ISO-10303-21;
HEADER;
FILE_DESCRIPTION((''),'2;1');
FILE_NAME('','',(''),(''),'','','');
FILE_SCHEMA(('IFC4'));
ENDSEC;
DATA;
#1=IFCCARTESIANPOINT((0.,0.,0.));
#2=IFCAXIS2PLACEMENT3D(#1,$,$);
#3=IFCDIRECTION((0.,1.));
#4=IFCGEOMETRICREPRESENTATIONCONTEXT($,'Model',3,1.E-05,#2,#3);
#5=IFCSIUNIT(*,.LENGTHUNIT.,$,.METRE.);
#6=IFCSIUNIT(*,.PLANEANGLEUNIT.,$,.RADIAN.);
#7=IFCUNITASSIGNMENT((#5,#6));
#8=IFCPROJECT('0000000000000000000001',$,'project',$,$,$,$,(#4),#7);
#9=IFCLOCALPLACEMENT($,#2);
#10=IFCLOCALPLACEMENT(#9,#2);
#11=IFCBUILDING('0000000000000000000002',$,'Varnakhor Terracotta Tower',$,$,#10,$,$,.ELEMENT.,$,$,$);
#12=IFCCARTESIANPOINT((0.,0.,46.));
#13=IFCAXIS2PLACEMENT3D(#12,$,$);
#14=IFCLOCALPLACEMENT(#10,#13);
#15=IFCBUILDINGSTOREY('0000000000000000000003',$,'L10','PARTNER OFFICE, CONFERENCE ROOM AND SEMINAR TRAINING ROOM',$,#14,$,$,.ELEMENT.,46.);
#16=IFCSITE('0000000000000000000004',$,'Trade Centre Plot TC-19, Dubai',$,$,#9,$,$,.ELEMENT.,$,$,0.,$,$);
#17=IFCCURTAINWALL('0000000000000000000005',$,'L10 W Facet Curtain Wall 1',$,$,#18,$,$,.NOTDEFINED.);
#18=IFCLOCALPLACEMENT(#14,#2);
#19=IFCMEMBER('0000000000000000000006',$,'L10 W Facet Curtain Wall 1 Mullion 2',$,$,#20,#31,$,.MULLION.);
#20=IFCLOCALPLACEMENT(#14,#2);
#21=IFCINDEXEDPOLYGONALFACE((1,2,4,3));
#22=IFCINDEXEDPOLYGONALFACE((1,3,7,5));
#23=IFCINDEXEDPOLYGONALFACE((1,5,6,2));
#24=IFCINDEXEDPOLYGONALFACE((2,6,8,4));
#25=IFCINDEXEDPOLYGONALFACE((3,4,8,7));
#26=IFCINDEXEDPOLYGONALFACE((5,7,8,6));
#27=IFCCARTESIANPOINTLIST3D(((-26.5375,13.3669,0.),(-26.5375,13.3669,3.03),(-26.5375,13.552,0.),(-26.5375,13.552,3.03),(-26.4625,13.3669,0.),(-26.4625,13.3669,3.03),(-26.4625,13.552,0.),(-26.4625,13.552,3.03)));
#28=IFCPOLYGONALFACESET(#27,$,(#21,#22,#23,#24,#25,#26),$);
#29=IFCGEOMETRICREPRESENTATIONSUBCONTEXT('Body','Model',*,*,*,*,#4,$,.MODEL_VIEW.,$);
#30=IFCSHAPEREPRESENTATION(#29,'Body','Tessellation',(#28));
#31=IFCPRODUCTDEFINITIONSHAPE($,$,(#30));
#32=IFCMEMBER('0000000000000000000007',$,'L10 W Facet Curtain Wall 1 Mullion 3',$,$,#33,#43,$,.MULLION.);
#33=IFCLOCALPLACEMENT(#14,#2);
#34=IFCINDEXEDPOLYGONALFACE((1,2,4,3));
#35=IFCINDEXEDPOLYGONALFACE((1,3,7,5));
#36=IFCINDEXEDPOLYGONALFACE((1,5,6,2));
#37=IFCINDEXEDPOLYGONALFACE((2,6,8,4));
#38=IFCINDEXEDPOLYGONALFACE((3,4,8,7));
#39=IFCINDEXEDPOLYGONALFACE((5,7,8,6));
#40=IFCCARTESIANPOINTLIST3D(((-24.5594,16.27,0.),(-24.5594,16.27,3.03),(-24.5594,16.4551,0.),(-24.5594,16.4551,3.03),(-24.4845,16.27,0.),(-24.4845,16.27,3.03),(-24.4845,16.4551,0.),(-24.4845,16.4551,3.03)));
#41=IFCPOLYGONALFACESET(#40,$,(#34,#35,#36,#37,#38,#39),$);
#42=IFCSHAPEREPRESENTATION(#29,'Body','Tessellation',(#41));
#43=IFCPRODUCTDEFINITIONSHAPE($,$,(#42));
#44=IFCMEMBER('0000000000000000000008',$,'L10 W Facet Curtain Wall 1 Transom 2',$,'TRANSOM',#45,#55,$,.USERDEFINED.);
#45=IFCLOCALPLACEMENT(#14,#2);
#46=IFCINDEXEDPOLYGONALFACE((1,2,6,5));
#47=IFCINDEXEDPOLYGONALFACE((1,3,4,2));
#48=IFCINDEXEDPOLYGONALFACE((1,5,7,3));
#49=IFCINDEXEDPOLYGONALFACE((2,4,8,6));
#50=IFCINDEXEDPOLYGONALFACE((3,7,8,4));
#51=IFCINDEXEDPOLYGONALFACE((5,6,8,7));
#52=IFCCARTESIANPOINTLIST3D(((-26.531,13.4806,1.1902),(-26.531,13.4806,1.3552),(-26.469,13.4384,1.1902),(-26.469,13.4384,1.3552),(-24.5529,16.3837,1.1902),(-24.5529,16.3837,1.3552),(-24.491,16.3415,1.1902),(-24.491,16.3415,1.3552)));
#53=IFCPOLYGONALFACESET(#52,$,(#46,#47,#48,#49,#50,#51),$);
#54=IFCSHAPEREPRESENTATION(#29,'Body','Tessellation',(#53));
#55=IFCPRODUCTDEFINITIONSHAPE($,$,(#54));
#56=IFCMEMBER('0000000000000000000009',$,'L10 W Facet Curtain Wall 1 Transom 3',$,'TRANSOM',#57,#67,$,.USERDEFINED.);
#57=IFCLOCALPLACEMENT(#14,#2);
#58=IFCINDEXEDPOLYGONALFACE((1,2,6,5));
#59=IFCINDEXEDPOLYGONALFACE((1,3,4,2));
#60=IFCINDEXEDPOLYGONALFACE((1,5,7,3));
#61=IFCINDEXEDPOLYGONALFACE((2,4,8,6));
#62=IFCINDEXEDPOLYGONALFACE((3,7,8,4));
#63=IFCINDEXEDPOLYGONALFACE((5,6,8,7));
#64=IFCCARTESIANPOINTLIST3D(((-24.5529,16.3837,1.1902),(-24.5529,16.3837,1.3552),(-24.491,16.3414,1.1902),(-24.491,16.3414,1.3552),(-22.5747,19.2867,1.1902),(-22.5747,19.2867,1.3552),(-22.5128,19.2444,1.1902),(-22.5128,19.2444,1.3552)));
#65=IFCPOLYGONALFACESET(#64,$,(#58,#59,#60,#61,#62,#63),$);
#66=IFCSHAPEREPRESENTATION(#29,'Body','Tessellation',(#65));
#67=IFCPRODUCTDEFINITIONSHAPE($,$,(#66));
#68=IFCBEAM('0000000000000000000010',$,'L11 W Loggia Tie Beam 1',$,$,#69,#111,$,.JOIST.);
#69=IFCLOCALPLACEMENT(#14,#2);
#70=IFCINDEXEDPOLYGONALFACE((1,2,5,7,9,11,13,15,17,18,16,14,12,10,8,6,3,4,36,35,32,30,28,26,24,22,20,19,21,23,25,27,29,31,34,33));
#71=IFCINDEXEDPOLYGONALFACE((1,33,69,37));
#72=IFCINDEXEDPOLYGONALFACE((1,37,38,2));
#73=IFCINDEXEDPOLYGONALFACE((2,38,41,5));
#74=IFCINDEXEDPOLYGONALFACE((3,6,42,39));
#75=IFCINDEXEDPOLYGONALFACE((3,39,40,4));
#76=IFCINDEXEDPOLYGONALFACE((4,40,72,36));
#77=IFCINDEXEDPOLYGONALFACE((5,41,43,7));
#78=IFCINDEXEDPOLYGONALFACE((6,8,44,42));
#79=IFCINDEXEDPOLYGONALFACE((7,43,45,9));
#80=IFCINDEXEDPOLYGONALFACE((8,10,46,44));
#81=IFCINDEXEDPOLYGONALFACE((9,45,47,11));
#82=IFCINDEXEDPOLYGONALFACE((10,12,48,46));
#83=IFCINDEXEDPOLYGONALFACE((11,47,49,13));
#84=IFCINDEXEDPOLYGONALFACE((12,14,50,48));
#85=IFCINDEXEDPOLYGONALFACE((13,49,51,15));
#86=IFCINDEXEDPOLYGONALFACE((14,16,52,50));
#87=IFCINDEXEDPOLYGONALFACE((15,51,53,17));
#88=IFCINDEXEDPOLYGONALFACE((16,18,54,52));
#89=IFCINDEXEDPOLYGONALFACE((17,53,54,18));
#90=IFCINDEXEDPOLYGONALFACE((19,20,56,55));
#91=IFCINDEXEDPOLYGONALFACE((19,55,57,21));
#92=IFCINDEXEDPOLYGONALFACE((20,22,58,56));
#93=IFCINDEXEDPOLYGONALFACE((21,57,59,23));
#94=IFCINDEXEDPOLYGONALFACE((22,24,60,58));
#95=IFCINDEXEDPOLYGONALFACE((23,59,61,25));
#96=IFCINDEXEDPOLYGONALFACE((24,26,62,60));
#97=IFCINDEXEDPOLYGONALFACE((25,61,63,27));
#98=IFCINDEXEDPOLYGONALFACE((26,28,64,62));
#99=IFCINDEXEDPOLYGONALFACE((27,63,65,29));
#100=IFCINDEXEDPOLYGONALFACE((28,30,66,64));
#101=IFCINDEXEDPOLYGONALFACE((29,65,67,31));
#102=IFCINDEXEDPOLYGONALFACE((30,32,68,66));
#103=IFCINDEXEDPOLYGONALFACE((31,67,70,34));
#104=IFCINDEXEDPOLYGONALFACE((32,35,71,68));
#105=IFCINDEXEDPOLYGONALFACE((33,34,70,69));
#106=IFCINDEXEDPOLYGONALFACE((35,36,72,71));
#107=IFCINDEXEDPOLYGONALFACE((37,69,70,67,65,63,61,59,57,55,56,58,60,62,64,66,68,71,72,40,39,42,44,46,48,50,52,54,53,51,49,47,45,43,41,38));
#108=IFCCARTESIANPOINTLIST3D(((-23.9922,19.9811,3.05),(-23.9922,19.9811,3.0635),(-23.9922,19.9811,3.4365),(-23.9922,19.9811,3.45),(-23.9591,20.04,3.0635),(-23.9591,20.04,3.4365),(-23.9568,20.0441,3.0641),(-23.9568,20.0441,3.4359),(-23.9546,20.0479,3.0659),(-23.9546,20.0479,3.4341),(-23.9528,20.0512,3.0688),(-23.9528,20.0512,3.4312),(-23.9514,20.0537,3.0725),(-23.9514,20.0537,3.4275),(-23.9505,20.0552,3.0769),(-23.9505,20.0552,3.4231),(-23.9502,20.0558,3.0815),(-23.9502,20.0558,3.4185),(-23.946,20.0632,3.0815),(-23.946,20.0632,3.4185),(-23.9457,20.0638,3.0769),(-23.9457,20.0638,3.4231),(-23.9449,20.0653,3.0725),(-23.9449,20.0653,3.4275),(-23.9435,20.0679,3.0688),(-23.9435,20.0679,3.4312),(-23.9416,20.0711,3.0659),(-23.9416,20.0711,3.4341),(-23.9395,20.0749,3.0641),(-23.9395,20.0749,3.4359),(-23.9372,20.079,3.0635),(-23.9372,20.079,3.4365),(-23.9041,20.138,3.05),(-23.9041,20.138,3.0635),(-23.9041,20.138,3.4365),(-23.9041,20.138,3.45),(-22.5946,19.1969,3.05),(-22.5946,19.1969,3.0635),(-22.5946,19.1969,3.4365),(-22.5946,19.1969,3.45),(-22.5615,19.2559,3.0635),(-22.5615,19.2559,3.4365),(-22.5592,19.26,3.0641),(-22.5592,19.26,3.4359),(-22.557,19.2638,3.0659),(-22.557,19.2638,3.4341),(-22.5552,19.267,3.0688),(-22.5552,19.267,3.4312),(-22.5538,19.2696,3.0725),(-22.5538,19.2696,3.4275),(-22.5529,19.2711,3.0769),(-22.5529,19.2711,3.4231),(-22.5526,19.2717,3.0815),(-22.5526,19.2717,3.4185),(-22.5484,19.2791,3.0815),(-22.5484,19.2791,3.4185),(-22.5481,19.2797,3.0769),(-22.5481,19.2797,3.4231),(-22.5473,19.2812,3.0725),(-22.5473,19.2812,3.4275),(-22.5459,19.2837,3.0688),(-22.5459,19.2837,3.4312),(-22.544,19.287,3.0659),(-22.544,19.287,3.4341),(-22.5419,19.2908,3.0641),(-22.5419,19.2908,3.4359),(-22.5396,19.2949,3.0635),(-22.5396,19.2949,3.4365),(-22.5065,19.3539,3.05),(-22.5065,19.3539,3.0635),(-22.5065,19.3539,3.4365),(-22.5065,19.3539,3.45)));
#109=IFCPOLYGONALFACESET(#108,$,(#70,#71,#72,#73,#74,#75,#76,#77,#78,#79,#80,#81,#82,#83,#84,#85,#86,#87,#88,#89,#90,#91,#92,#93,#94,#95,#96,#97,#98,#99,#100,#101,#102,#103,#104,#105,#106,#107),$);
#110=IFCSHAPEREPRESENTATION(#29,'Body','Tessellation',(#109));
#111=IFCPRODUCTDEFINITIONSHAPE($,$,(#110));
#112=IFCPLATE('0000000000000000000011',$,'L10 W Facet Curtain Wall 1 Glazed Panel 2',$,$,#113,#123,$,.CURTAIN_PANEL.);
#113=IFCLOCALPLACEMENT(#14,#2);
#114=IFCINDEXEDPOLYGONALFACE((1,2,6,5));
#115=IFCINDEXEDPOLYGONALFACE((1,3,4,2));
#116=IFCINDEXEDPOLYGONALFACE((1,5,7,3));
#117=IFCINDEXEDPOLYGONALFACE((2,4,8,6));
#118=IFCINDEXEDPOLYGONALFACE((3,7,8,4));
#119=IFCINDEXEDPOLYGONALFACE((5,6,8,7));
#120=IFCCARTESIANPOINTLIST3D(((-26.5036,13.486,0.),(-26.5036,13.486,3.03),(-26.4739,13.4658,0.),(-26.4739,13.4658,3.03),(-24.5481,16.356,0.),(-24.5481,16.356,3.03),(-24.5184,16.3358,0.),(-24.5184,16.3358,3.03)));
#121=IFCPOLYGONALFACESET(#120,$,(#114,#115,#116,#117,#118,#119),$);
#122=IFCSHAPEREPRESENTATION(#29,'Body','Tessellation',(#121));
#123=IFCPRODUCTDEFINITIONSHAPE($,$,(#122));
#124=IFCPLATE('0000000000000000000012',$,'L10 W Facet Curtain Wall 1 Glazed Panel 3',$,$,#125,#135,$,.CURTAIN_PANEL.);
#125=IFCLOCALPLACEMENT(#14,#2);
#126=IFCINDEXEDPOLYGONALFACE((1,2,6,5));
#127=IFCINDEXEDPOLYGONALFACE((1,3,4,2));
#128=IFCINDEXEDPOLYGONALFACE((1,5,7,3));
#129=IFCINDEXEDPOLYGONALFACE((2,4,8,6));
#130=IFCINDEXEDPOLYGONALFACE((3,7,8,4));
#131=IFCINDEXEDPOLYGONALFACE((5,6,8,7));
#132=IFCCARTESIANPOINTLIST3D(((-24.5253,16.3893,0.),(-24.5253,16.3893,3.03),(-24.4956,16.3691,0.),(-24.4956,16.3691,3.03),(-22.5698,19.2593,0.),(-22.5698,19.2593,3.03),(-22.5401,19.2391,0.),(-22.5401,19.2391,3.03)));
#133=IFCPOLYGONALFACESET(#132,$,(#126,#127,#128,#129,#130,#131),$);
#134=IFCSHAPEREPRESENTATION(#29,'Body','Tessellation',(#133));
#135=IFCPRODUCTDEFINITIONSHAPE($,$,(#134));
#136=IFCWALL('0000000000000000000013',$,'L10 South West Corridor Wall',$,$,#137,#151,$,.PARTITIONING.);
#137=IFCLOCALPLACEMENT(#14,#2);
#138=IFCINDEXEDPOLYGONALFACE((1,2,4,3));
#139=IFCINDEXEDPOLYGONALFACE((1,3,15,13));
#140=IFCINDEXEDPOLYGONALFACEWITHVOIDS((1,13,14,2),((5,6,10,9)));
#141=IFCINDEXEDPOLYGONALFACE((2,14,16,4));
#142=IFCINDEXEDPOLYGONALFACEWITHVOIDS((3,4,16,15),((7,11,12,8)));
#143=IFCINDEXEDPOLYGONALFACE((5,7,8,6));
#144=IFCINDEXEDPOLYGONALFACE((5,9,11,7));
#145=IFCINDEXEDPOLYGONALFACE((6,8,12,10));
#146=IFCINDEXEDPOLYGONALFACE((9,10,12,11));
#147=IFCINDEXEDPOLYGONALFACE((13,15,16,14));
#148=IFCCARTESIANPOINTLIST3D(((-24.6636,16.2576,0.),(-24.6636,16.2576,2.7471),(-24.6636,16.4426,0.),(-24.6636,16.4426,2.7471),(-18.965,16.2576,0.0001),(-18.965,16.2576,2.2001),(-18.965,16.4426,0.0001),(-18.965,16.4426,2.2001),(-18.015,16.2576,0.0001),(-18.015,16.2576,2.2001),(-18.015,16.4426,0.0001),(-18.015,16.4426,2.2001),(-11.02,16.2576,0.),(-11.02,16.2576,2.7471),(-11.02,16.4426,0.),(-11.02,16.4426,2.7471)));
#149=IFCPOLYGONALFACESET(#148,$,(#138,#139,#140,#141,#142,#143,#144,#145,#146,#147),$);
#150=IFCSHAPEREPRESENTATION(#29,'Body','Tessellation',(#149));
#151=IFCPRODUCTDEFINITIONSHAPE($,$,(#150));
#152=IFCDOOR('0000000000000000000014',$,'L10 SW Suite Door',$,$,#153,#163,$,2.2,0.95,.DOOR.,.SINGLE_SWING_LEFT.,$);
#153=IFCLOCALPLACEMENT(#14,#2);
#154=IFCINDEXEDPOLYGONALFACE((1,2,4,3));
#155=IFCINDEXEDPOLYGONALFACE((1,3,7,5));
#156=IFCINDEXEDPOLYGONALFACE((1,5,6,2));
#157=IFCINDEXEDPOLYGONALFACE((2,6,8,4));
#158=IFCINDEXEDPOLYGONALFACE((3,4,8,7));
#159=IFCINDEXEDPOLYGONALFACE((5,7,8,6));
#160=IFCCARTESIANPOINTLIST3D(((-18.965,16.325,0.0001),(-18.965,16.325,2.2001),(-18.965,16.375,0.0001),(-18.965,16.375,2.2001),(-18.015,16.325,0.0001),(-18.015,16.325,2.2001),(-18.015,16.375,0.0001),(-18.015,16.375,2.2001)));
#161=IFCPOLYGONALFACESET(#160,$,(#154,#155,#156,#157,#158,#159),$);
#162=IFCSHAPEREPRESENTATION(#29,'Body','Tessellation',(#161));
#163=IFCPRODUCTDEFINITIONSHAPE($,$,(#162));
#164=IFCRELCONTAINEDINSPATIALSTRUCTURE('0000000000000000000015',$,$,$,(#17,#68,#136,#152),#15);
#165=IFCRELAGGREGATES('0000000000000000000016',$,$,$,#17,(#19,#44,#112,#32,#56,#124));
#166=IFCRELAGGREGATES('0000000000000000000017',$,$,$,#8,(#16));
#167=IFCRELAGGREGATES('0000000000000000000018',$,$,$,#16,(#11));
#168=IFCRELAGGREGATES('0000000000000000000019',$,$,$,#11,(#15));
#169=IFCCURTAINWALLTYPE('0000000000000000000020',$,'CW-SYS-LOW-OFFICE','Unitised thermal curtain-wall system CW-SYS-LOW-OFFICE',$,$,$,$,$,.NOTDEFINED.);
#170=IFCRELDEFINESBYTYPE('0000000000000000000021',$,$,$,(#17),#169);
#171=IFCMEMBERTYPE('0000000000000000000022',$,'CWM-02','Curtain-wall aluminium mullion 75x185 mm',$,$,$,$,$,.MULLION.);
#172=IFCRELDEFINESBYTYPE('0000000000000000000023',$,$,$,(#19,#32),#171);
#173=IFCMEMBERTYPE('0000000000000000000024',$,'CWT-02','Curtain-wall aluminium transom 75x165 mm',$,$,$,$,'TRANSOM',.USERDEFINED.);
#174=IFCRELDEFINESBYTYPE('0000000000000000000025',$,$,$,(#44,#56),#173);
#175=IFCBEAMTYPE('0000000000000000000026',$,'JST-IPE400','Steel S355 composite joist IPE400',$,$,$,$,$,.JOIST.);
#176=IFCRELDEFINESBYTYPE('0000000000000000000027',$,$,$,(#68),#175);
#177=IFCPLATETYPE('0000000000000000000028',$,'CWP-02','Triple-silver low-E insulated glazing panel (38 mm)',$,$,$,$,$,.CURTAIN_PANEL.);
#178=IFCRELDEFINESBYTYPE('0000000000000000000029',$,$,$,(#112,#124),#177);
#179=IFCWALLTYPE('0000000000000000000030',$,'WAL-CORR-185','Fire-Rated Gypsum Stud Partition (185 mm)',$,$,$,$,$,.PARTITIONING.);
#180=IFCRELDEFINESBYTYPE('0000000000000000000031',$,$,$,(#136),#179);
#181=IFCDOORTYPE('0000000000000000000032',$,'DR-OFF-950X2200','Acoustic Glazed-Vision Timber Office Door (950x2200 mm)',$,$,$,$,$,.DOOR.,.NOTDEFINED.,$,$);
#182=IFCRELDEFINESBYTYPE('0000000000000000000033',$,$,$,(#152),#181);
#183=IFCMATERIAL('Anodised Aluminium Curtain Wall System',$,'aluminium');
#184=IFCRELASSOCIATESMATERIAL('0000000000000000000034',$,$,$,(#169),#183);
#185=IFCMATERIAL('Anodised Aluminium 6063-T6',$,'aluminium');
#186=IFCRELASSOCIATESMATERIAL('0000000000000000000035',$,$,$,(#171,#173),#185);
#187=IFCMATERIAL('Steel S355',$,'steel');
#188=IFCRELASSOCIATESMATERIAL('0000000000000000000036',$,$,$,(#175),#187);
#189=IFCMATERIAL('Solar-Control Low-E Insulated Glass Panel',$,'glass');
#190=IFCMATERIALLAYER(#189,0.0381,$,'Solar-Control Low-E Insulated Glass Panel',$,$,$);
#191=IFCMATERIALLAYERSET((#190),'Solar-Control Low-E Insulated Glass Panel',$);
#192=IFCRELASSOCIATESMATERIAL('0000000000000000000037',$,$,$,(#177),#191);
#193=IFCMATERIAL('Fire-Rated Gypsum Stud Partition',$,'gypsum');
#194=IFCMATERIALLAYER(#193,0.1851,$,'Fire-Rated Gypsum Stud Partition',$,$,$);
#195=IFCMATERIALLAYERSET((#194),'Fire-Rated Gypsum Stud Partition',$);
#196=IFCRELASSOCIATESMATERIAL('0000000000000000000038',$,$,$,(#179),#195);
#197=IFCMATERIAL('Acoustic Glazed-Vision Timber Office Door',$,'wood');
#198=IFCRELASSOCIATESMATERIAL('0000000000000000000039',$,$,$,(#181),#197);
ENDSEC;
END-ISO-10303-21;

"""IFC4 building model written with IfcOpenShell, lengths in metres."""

from ifc_helpers import new_model, si_unit, direction, frame, frame_2d, origin, origin_2d, place, context, subcontext, project, spatial, rectangle, i_section, extrude, source, transform, mapped, material, layer, layer_set, material_profile, profile_set, type_object, type_shapes, element, fill, aggregate, save


model = new_model("IFC4")

# Units and contexts
model_context = context("Model", 3, precision=1e-05, world=origin(), true_north=direction((0.0, 1.0)))
body_context = subcontext(model_context, "Body", "Model", "MODEL_VIEW")
ifc_project = project(units=[si_unit("LENGTHUNIT", "METRE"), si_unit("PLANEANGLEUNIT", "RADIAN")], contexts=[model_context])

# Site, building, storey
site_placement = place(None, origin())
site = spatial("IfcSite", under=ifc_project, at=site_placement, Name="Trade Centre Plot TC-19, Dubai", CompositionType="ELEMENT", RefElevation=0.0)
building_placement = place(site_placement, origin())
building = spatial("IfcBuilding", under=site, at=building_placement, Name="Varnakhor Terracotta Tower", CompositionType="ELEMENT")
storey_placement = place(building_placement, frame((0.0, 0.0, 46.0)))
storey = spatial("IfcBuildingStorey", under=building, at=storey_placement, Name="L10", Description="PARTNER OFFICE, CONFERENCE ROOM AND SEMINAR TRAINING ROOM", CompositionType="ELEMENT", Elevation=46.0)

# Shared definitions
ifc_material_1 = material(Name="Steel S355", Category="steel")

# Curtain wall, members
ifc_material_2 = material(Name="Anodised Aluminium Curtain Wall System", Category="aluminium")
curtain_wall_type = type_object("IfcCurtainWallType", Name="CW-SYS-LOW-OFFICE", Description="Unitised thermal curtain-wall system CW-SYS-LOW-OFFICE", PredefinedType="NOTDEFINED", material=ifc_material_2)
curtain_wall_placement = place(storey_placement, origin())
curtain_wall = element("IfcCurtainWall", 1, at=curtain_wall_placement, inside=storey, type_object=curtain_wall_type, Name="L10 W Facet Curtain Wall 1", PredefinedType="NOTDEFINED")
ifc_material_3 = material(Name="Anodised Aluminium 6063-T6", Category="aluminium")
ifc_material_profile_1 = material_profile(ifc_material_3, rectangle(XDim=0.075, YDim=0.1851, at=origin_2d()), Name="ALU MULLION 75x185")
ifc_profile_set_1 = profile_set([ifc_material_profile_1], Name="Anodised Aluminium 6063-T6")
member_type_1 = type_object("IfcMemberType", Name="CWM-02", Description="Curtain-wall aluminium mullion 75x185 mm", PredefinedType="MULLION", material=ifc_profile_set_1)
shared_shape_1 = source(origin(), body_context, "Body", "SweptSolid", [
    extrude(rectangle(XDim=0.075, YDim=0.1851, at=origin_2d()), origin(), (0.0, 0.0, 1.0), 3.03),
])
type_shapes(member_type_1, [shared_shape_1])
member_1_placement = place(storey_placement, frame((-26.5, 13.4595, 0.0), z_axis=(0.0, 0.0, 1.0), x_axis=(1.0, 0.0, 0.0)))
member_1 = element("IfcMember", 2, at=member_1_placement, type_object=member_type_1, Name="L10 W Facet Curtain Wall 1 Mullion 2", PredefinedType="MULLION", context=body_context, shape_type="MappedRepresentation", body=[
    mapped(shared_shape_1, transform((0.0, 0.0, 0.0), scale=1.0)),
])
member_2_placement = place(storey_placement, frame((-24.522, 16.3625, 0.0), z_axis=(0.0, 0.0, 1.0), x_axis=(1.0, 0.0, 0.0)))
member_2 = element("IfcMember", 3, at=member_2_placement, type_object=member_type_1, Name="L10 W Facet Curtain Wall 1 Mullion 3", PredefinedType="MULLION", context=body_context, shape_type="MappedRepresentation", body=[
    mapped(shared_shape_1, transform((0.0, 0.0, 0.0), scale=1.0)),
])
ifc_material_profile_2 = material_profile(ifc_material_3, rectangle(XDim=0.075, YDim=0.165, at=origin_2d()), Name="ALU TRANSOM 75x165")
ifc_profile_set_2 = profile_set([ifc_material_profile_2], Name="Anodised Aluminium 6063-T6")
member_type_2 = type_object("IfcMemberType", Name="CWT-02", Description="Curtain-wall aluminium transom 75x165 mm", ElementType="TRANSOM", PredefinedType="USERDEFINED", material=ifc_profile_set_2)
shared_shape_2 = source(origin(), body_context, "Body", "SweptSolid", [
    extrude(rectangle(XDim=0.075, YDim=0.165, at=origin_2d()), origin(), (0.0, 0.0, 1.0), 3.5129),
])
member_3_placement = place(storey_placement, frame((-26.5, 13.4595, 1.2727), z_axis=(0.563076, 0.826405, 0.0), x_axis=(-0.826405, 0.563076, 0.0)))
member_3 = element("IfcMember", 4, at=member_3_placement, type_object=member_type_2, Name="L10 W Facet Curtain Wall 1 Transom 2", ObjectType="TRANSOM", PredefinedType="USERDEFINED", context=body_context, shape_type="MappedRepresentation", body=[
    mapped(shared_shape_2, transform((0.0, 0.0, 0.0), scale=1.0)),
])
member_4_placement = place(storey_placement, frame((-24.522, 16.3625, 1.2727), z_axis=(0.563123, 0.826373, 0.0), x_axis=(-0.826373, 0.563123, 0.0)))
member_4 = element("IfcMember", 5, at=member_4_placement, type_object=member_type_2, Name="L10 W Facet Curtain Wall 1 Transom 3", ObjectType="TRANSOM", PredefinedType="USERDEFINED", context=body_context, shape_type="MappedRepresentation", body=[
    mapped(shared_shape_2, transform((0.0, 0.0, 0.0), scale=1.0)),
])

# Beam
ifc_material_profile_3 = material_profile(ifc_material_1, i_section(OverallWidth=0.1799, OverallDepth=0.3999, WebThickness=0.0085, FlangeThickness=0.0134, FilletRadius=0.0181, at=origin_2d()), Name="IPE400")
ifc_profile_set_3 = profile_set([ifc_material_profile_3], Name="Steel S355")
beam_type_1 = type_object("IfcBeamType", Name="JST-IPE400", Description="Steel S355 composite joist IPE400", PredefinedType="JOIST", material=ifc_profile_set_3)
shared_shape_3 = source(origin(), body_context, "Body", "SweptSolid", [
    extrude(i_section(OverallWidth=0.1799, OverallDepth=0.3999, WebThickness=0.0085, FlangeThickness=0.0134, FilletRadius=0.0181, at=origin_2d()), origin(), (0.0, 0.0, 1.0), 1.6025),
])
beam_1_placement = place(storey_placement, frame((-22.5505, 19.2754, 3.25), z_axis=(-0.872116, 0.489299, 0.0), x_axis=(-0.489299, -0.872116, 0.0)))
element("IfcBeam", 6, at=beam_1_placement, inside=storey, type_object=beam_type_1, Name="L11 W Loggia Tie Beam 1", PredefinedType="JOIST", context=body_context, shape_type="MappedRepresentation", body=[
    mapped(shared_shape_3, transform((0.0, 0.0, 0.0), scale=1.0)),
])

# Plates
ifc_material_4 = material(Name="Solar-Control Low-E Insulated Glass Panel", Category="glass")
ifc_layer_1 = layer(ifc_material_4, 0.0381, Name="Solar-Control Low-E Insulated Glass Panel")
ifc_layer_set_1 = layer_set([ifc_layer_1], Name="Solar-Control Low-E Insulated Glass Panel")
plate_type = type_object("IfcPlateType", Name="CWP-02", Description="Triple-silver low-E insulated glazing panel (38 mm)", PredefinedType="CURTAIN_PANEL", material=ifc_layer_set_1)
shared_shape_4 = source(origin(), body_context, "Body", "SweptSolid", [
    extrude(rectangle(XDim=3.4729, YDim=0.0359, at=origin_2d()), origin(), (0.0, 0.0, 1.0), 3.03),
])
plate_1_placement = place(storey_placement, frame((-25.511, 14.9109, 0.0), z_axis=(0.0, 0.0, 1.0), x_axis=(0.563079, 0.826403, 0.0)))
plate_1 = element("IfcPlate", 7, at=plate_1_placement, type_object=plate_type, Name="L10 W Facet Curtain Wall 1 Glazed Panel 2", PredefinedType="CURTAIN_PANEL", context=body_context, shape_type="MappedRepresentation", body=[
    mapped(shared_shape_4, transform((0.0, 0.0, 0.0), scale=1.0)),
])
plate_2_placement = place(storey_placement, frame((-23.5327, 17.8142, 0.0), z_axis=(0.0, 0.0, 1.0), x_axis=(0.563079, 0.826403, 0.0)))
plate_2 = element("IfcPlate", 8, at=plate_2_placement, type_object=plate_type, Name="L10 W Facet Curtain Wall 1 Glazed Panel 3", PredefinedType="CURTAIN_PANEL", context=body_context, shape_type="MappedRepresentation", body=[
    mapped(shared_shape_4, transform((0.0, 0.0, 0.0), scale=1.0)),
])
aggregate(curtain_wall, [member_1, member_3, plate_1, member_2, member_4, plate_2])

# Wall, opening, door
ifc_material_5 = material(Name="Fire-Rated Gypsum Stud Partition", Category="gypsum")
ifc_layer_2 = layer(ifc_material_5, 0.1851, Name="Fire-Rated Gypsum Stud Partition")
ifc_layer_set_2 = layer_set([ifc_layer_2], Name="Fire-Rated Gypsum Stud Partition")
wall_type_1 = type_object("IfcWallType", Name="WAL-CORR-185", Description="Fire-Rated Gypsum Stud Partition (185 mm)", PredefinedType="PARTITIONING", material=ifc_layer_set_2)
wall_1_placement = place(storey_placement, frame((-24.6636, 16.3501, 0.0), z_axis=(0.0, 0.0, 1.0), x_axis=(1.0, 0.0, 0.0)))
wall_1 = element("IfcWall", 9, at=wall_1_placement, inside=storey, type_object=wall_type_1, Name="L10 South West Corridor Wall", PredefinedType="PARTITIONING", context=body_context, shape_type="SweptSolid", body=[
    extrude(rectangle(XDim=13.6436, YDim=0.1851, at=frame_2d((6.8218, 0.0))), origin(), (0.0, 0.0, 1.0), 2.7471),
])
opening_1_placement = place(wall_1_placement, frame((5.6985, 0.0, 0.0)))
opening_1 = element("IfcOpeningElement", 10, at=opening_1_placement, cuts=wall_1, PredefinedType="OPENING", context=body_context, shape_type="SweptSolid", body=[
    extrude(rectangle(XDim=0.95, YDim=2.2, at=frame_2d((0.4751, 1.1001))), frame((0.0, 0.1025, 0.0), z_axis=(0.0, -1.0, 0.0), x_axis=(1.0, 0.0, 0.0)), (0.0, 0.0, 1.0), 0.2051),
])
ifc_material_6 = material(Name="Acoustic Glazed-Vision Timber Office Door", Category="wood")
door_type_1 = type_object("IfcDoorType", Name="DR-OFF-950X2200", Description="Acoustic Glazed-Vision Timber Office Door (950x2200 mm)", OperationType="NOTDEFINED", PredefinedType="DOOR", material=ifc_material_6)
shared_shape_5 = source(origin(), body_context, "Body", "SweptSolid", [
    extrude(rectangle(XDim=0.95, YDim=2.2, at=frame_2d((0.4751, 1.1001))), frame((0.0, 0.0249, 0.0), z_axis=(0.0, -1.0, 0.0), x_axis=(1.0, 0.0, 0.0)), (0.0, 0.0, 1.0), 0.05),
])
type_shapes(door_type_1, [shared_shape_5])
door_1_placement = place(opening_1_placement, origin())
door_1 = element("IfcDoor", 11, at=door_1_placement, inside=storey, type_object=door_type_1, Name="L10 SW Suite Door", OperationType="SINGLE_SWING_LEFT", OverallHeight=2.2, OverallWidth=0.95, PredefinedType="DOOR", context=body_context, shape_type="MappedRepresentation", body=[
    mapped(shared_shape_5, transform((0.0, 0.0, 0.0), scale=1.0)),
])
fill(opening_1, door_1)

save(model, "model.ifc")
